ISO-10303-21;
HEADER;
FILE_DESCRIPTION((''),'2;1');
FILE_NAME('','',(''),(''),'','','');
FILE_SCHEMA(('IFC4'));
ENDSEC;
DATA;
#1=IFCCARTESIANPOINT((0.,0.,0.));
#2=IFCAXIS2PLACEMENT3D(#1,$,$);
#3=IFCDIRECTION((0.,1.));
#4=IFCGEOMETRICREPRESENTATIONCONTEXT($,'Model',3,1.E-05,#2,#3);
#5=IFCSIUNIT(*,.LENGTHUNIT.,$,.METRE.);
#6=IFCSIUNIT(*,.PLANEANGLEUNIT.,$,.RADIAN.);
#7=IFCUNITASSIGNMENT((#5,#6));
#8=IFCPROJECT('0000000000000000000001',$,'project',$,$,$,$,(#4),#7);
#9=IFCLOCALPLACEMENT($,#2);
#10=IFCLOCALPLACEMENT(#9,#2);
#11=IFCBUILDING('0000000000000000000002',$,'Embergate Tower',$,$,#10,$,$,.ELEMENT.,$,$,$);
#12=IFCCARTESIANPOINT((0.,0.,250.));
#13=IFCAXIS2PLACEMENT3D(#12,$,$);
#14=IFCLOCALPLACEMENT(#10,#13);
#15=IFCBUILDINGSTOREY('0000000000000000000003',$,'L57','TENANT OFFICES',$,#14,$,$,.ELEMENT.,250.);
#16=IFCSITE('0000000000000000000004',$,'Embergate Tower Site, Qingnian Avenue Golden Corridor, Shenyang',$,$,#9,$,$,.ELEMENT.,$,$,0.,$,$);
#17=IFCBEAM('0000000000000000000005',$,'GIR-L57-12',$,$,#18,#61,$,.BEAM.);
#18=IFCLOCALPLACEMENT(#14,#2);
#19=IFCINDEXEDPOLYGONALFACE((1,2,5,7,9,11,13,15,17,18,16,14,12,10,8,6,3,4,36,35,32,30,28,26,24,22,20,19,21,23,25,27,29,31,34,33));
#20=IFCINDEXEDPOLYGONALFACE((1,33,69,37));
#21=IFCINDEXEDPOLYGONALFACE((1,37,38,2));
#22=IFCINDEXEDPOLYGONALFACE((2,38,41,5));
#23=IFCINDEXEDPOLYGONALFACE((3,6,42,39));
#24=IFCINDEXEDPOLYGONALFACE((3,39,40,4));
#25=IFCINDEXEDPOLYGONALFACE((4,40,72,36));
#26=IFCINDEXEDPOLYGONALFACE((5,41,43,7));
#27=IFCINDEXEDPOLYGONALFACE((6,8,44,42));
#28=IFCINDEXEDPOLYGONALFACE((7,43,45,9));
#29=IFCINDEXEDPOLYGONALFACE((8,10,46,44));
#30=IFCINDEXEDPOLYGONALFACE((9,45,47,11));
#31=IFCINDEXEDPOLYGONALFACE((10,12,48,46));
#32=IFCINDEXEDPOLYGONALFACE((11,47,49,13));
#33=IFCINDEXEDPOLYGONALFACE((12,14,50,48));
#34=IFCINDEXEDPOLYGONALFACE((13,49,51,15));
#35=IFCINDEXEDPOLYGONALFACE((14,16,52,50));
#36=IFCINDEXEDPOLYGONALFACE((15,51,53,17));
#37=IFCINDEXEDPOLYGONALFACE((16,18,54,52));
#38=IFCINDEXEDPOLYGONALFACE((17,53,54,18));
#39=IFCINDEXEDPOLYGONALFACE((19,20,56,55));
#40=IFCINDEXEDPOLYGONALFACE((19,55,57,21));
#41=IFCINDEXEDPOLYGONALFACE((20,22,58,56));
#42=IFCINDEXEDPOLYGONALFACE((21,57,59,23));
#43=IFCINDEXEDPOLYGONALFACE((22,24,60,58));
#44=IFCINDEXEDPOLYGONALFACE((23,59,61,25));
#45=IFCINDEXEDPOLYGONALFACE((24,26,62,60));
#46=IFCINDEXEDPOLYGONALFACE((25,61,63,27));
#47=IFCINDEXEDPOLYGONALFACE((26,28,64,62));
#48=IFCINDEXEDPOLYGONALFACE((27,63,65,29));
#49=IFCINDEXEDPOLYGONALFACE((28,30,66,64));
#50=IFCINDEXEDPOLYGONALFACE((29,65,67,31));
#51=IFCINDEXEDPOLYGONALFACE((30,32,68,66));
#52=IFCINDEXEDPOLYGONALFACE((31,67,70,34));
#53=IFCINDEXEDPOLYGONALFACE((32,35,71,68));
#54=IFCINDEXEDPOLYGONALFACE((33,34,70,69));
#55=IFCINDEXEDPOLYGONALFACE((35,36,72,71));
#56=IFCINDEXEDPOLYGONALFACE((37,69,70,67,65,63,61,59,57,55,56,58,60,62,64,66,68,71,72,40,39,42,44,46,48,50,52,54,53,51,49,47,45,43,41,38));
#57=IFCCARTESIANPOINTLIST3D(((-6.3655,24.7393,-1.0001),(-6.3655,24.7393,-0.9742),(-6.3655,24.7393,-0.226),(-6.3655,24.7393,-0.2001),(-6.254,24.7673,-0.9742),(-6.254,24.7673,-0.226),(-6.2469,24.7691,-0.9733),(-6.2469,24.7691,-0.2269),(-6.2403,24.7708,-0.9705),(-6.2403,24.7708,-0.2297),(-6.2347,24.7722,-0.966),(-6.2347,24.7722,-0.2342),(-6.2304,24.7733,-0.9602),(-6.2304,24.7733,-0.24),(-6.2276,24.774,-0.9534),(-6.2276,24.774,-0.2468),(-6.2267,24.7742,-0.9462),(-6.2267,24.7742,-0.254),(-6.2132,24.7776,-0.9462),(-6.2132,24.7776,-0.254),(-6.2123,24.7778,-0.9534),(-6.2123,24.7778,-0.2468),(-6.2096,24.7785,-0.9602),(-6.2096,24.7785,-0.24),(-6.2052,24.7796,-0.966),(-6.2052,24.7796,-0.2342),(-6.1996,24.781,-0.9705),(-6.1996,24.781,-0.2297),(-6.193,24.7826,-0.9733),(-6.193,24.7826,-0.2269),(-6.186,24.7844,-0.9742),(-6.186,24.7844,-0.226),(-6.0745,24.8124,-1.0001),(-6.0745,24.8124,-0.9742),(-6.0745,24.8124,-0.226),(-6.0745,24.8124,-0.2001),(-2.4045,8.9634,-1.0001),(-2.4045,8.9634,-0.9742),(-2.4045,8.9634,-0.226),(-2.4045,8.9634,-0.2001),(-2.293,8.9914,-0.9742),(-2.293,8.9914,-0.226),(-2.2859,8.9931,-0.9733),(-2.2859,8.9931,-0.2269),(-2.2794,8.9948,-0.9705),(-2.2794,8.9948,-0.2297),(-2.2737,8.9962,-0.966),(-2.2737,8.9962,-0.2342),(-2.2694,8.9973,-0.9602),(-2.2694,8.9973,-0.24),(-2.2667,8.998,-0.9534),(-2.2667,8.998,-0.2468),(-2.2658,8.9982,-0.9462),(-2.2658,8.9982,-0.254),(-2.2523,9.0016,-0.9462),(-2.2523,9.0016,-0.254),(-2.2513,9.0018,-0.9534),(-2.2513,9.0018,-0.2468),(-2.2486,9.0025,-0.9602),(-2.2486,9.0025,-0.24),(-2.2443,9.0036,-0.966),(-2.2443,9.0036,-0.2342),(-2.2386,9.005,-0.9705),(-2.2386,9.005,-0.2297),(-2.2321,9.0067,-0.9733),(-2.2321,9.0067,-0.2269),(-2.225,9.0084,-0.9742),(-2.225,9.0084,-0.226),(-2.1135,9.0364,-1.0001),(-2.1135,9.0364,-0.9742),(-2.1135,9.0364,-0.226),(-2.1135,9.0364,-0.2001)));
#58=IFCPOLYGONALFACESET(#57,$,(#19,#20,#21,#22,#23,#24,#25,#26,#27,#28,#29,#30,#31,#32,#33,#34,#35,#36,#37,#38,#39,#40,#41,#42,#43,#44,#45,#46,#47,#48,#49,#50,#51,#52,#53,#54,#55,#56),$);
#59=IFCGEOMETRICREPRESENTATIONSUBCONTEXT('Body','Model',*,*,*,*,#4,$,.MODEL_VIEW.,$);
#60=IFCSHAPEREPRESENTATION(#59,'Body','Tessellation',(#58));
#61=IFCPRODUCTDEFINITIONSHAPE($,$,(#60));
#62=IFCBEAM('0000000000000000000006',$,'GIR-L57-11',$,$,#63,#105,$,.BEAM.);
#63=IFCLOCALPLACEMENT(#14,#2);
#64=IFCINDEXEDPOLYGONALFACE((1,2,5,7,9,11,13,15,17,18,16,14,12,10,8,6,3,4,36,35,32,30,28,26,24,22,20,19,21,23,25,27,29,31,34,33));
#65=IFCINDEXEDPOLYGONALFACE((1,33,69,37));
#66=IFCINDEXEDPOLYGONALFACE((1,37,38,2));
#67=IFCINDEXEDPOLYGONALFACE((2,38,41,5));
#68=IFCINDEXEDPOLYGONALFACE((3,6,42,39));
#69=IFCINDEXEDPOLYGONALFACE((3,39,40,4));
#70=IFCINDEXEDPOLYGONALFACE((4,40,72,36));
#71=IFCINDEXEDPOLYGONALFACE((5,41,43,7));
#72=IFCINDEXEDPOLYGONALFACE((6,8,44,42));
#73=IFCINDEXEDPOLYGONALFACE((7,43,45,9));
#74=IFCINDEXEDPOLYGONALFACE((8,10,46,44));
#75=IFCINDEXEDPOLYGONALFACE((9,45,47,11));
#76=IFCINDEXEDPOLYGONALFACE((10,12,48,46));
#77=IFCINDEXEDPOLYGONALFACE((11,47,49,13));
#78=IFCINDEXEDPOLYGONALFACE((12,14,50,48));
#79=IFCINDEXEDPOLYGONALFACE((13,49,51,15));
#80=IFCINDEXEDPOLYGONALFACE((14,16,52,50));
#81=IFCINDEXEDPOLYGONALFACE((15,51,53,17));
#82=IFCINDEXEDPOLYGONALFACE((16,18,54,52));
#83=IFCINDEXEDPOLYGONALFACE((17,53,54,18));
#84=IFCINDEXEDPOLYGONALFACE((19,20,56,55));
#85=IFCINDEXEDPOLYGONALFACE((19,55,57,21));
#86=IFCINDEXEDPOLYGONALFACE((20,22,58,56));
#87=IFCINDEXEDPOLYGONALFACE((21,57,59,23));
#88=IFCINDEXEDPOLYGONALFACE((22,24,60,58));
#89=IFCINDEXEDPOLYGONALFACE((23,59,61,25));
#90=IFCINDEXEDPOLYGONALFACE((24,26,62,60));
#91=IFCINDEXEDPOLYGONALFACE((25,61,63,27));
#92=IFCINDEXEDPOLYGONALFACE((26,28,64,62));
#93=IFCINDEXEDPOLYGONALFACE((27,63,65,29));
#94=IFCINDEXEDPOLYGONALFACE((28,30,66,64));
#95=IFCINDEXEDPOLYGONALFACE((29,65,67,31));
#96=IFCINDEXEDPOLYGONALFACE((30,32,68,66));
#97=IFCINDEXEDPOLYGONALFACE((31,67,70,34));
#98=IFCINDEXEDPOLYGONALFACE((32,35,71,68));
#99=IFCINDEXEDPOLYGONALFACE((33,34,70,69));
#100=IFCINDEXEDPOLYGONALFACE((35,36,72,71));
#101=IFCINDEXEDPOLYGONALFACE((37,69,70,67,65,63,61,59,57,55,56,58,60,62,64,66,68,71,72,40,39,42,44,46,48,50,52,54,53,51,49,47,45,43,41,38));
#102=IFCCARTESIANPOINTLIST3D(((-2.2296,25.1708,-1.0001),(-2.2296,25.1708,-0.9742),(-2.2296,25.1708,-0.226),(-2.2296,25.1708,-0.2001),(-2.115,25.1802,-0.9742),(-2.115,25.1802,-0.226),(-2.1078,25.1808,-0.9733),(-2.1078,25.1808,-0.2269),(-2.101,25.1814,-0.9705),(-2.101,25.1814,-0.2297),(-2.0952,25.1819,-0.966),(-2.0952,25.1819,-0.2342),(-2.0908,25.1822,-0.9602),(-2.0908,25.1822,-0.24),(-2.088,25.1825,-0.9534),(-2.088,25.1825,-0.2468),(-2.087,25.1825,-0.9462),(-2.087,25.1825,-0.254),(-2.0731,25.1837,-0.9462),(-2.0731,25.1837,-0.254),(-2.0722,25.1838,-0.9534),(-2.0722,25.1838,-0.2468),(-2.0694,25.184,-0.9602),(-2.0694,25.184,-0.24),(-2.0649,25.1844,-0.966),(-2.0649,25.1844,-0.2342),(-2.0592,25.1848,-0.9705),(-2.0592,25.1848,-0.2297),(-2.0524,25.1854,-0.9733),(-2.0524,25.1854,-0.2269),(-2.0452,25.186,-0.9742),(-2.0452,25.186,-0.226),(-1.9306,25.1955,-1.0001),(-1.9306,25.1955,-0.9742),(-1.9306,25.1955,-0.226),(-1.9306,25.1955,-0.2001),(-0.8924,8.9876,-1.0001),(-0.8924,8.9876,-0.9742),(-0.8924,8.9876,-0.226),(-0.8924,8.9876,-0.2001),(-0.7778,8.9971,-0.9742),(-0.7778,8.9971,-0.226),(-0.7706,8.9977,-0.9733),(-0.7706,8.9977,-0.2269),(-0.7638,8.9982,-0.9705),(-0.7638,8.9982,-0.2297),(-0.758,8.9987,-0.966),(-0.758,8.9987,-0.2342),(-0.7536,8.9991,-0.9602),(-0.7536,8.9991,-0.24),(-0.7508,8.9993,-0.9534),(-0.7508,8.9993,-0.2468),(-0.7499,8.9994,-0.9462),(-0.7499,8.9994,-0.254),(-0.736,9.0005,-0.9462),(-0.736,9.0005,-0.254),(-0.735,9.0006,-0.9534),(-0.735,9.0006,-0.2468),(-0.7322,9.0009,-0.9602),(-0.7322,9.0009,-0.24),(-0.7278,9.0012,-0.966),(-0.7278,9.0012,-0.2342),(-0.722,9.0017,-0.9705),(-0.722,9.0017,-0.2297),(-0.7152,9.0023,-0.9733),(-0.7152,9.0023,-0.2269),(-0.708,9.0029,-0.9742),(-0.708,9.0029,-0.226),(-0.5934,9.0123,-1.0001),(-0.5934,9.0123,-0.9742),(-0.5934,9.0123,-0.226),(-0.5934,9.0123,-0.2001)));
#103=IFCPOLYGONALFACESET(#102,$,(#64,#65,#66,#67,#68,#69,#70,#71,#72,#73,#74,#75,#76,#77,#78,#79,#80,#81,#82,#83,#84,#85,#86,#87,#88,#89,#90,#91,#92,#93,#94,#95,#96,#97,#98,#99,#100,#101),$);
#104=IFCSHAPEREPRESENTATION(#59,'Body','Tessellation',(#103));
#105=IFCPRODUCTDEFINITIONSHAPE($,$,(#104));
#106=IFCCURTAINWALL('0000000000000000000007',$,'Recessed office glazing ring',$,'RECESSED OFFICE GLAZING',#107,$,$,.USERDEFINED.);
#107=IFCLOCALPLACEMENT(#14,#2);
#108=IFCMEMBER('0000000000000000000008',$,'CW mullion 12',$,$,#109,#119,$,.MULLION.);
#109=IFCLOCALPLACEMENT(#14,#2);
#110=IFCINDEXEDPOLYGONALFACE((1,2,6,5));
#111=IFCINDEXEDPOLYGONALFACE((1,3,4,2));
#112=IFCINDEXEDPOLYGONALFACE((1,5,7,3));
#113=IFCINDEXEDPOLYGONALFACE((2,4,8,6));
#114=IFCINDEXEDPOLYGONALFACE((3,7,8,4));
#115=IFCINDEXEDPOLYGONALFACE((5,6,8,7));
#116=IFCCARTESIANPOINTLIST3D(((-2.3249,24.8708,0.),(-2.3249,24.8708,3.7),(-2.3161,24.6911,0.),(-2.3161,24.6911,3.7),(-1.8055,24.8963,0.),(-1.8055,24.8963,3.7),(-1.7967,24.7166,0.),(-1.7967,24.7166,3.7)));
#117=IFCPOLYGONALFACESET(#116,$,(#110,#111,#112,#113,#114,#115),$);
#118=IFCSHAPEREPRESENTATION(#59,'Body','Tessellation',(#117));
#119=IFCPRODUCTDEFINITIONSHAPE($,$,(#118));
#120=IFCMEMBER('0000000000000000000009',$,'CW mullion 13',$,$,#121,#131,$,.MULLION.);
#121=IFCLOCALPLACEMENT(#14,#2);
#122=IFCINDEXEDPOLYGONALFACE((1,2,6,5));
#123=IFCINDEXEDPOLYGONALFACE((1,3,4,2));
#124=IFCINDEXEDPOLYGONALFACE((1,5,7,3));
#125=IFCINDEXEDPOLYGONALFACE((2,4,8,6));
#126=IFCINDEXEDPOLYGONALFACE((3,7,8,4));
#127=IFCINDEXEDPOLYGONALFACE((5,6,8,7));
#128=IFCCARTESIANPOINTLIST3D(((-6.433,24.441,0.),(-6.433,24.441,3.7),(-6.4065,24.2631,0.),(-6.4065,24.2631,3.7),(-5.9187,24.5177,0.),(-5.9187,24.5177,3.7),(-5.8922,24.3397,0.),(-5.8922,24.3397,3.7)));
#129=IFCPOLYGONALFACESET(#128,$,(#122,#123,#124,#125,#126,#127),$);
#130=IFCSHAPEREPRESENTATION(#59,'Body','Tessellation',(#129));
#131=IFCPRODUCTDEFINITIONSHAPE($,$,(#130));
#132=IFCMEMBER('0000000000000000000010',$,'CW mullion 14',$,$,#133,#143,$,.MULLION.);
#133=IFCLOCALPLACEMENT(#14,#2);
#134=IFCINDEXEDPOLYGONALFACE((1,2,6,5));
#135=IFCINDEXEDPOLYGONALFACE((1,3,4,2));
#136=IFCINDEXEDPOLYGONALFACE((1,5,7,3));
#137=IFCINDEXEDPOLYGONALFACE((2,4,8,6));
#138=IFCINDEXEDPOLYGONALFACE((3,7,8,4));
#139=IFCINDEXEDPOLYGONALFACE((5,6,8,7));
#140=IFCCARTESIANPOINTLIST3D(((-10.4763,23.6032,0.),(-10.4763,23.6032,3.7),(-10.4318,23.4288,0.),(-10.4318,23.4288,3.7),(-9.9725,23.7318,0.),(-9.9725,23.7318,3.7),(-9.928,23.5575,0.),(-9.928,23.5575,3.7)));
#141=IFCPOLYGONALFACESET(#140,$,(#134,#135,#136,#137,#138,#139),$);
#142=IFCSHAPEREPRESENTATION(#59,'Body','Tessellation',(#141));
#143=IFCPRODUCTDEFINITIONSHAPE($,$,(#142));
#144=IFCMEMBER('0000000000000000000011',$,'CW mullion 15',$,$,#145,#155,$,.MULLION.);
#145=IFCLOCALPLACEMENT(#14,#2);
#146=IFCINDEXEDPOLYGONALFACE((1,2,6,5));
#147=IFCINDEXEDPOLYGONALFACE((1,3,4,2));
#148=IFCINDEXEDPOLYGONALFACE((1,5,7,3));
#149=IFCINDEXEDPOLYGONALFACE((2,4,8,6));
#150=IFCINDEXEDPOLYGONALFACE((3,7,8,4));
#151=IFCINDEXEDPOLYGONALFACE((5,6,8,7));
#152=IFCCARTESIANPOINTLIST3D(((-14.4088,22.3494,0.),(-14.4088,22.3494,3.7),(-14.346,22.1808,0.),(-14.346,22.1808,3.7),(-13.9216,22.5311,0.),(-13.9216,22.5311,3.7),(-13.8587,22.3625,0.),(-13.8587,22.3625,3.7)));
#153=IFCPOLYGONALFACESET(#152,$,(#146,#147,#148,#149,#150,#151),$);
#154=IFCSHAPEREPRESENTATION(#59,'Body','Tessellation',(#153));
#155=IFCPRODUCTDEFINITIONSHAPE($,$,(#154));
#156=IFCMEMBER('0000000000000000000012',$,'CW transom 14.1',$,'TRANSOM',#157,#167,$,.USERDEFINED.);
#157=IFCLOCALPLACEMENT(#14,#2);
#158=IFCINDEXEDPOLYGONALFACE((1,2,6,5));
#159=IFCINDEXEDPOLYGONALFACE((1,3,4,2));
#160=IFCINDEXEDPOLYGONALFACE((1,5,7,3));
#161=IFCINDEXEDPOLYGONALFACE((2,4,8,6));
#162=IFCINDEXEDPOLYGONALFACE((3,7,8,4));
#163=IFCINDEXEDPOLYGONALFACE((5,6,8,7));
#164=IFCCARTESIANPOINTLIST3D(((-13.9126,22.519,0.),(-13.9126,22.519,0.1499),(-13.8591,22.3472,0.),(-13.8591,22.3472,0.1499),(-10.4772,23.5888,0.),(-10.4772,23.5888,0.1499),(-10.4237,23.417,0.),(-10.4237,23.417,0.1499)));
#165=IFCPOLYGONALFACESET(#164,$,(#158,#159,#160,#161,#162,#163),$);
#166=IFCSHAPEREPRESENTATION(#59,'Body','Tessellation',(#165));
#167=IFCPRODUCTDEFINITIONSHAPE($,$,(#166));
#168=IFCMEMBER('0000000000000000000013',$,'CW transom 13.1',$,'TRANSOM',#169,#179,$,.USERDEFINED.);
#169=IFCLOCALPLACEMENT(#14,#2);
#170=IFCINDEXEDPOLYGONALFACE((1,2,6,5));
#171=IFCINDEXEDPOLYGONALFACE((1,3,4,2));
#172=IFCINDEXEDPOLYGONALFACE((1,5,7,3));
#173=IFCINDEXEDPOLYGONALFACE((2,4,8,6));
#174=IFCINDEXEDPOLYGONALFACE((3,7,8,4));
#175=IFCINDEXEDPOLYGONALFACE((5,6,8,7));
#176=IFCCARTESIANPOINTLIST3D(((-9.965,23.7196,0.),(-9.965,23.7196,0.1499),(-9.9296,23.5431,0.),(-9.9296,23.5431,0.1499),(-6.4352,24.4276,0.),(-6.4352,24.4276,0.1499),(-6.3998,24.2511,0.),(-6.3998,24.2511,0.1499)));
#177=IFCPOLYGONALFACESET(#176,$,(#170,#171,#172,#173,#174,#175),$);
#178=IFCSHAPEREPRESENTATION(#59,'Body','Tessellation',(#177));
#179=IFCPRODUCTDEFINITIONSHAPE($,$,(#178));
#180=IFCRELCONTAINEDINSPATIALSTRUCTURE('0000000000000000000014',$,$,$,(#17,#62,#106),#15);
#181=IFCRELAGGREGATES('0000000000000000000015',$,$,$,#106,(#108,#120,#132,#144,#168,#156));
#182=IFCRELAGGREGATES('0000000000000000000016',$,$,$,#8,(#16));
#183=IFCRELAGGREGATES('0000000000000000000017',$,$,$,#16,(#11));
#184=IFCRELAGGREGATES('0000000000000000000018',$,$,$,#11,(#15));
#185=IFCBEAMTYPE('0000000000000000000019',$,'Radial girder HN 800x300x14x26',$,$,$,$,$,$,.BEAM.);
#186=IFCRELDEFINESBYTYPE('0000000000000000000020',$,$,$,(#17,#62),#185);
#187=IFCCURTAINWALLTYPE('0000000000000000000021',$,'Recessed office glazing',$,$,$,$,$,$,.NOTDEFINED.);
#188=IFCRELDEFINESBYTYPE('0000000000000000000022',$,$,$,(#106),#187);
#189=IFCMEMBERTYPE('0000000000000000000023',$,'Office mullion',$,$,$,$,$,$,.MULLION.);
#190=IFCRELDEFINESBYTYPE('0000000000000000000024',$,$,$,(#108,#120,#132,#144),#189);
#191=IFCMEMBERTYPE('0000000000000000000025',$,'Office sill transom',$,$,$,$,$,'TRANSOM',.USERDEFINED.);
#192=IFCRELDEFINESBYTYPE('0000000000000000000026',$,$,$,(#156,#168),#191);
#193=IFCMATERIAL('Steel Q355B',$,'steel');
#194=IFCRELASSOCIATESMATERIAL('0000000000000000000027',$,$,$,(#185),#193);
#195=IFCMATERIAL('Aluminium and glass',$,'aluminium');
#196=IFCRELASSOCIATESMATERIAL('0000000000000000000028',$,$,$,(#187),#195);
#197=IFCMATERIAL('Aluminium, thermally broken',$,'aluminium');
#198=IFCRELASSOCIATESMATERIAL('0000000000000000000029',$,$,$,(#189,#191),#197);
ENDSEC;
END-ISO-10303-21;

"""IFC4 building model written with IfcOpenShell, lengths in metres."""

from ifc_helpers import new_model, si_unit, direction, frame, origin, origin_2d, place, context, subcontext, project, spatial, rectangle, i_section, extrude, source, transform, mapped, material, material_profile, profile_set, type_object, element, aggregate, save


model = new_model("IFC4")

# Units and contexts
model_context = context("Model", 3, precision=1e-05, world=origin(), true_north=direction((0.0, 1.0)))
body_context = subcontext(model_context, "Body", "Model", "MODEL_VIEW")
ifc_project = project(units=[si_unit("LENGTHUNIT", "METRE"), si_unit("PLANEANGLEUNIT", "RADIAN")], contexts=[model_context])

# Site, building, storey
site_placement = place(None, origin())
site = spatial("IfcSite", under=ifc_project, at=site_placement, Name="Embergate Tower Site, Qingnian Avenue Golden Corridor, Shenyang", CompositionType="ELEMENT", RefElevation=0.0)
building_placement = place(site_placement, origin())
building = spatial("IfcBuilding", under=site, at=building_placement, Name="Embergate Tower", CompositionType="ELEMENT")
storey_placement = place(building_placement, frame((0.0, 0.0, 250.0)))
storey = spatial("IfcBuildingStorey", under=building, at=storey_placement, Name="L57", Description="TENANT OFFICES", CompositionType="ELEMENT", Elevation=250.0)

# Beams
ifc_material_1 = material(Name="Steel Q355B", Category="steel")
ifc_material_profile_1 = material_profile(ifc_material_1, i_section(OverallWidth=0.3, OverallDepth=0.8, WebThickness=0.0139, FlangeThickness=0.0259, FilletRadius=0.0281, at=origin_2d()), Name="HN 800x300x14x26")
ifc_profile_set_1 = profile_set([ifc_material_profile_1], Name="Steel Q355 grade B")
beam_type_1 = type_object("IfcBeamType", Name="Radial girder HN 800x300x14x26", PredefinedType="BEAM", material=ifc_profile_set_1)
shared_shape_1 = source(origin(), body_context, "Body", "SweptSolid", [
    extrude(i_section(OverallWidth=0.3, OverallDepth=0.8, WebThickness=0.0139, FlangeThickness=0.0259, FilletRadius=0.0281, at=origin_2d()), origin(), (0.0, 0.0, 1.0), 16.2656),
])
beam_1_placement = place(storey_placement, frame((-6.22, 24.7759, -0.6001), z_axis=(0.243517, -0.969897, 0.0), x_axis=(0.969897, 0.243517, 0.0)))
element("IfcBeam", 1, at=beam_1_placement, inside=storey, type_object=beam_type_1, Name="GIR-L57-12", PredefinedType="BEAM", context=body_context, shape_type="MappedRepresentation", body=[
    mapped(shared_shape_1, transform((0.0, 0.0, 0.0))),
])
shared_shape_2 = source(origin(), body_context, "Body", "SweptSolid", [
    extrude(i_section(OverallWidth=0.3, OverallDepth=0.8, WebThickness=0.0139, FlangeThickness=0.0259, FilletRadius=0.0281, at=origin_2d()), origin(), (0.0, 0.0, 1.0), 16.2383),
])
beam_2_placement = place(storey_placement, frame((-2.0801, 25.1831, -0.6001), z_axis=(0.082346, -0.996604, 0.0), x_axis=(0.996604, 0.082346, 0.0)))
element("IfcBeam", 2, at=beam_2_placement, inside=storey, type_object=beam_type_1, Name="GIR-L57-11", PredefinedType="BEAM", context=body_context, shape_type="MappedRepresentation", body=[
    mapped(shared_shape_2, transform((0.0, 0.0, 0.0))),
])

# Curtain wall, members
ifc_material_2 = material(Name="Aluminium and glass", Category="aluminium")
curtain_wall_type = type_object("IfcCurtainWallType", Name="Recessed office glazing", PredefinedType="NOTDEFINED", material=ifc_material_2)
curtain_wall_placement = place(storey_placement, origin())
curtain_wall = element("IfcCurtainWall", 3, at=curtain_wall_placement, inside=storey, type_object=curtain_wall_type, Name="Recessed office glazing ring", ObjectType="RECESSED OFFICE GLAZING", PredefinedType="USERDEFINED")
ifc_material_3 = material(Name="Aluminium, thermally broken", Category="aluminium")
ifc_material_profile_2 = material_profile(ifc_material_3, rectangle(XDim=0.1799, YDim=0.52, at=origin_2d()), Name="AL 520x180")
ifc_profile_set_2 = profile_set([ifc_material_profile_2], Name="Aluminium, thermally broken")
member_type_1 = type_object("IfcMemberType", Name="Office mullion", PredefinedType="MULLION", material=ifc_profile_set_2)
shared_shape_3 = source(origin(), body_context, "Body", "SweptSolid", [
    extrude(rectangle(XDim=0.1799, YDim=0.52, at=origin_2d()), origin(), (0.0, 0.0, 1.0), 3.7),
])
member_1_placement = place(storey_placement, frame((-2.0608, 24.7937, 0.0), z_axis=(0.0, 0.0, 1.0), x_axis=(0.048972, -0.9988, 0.0)))
member_1 = element("IfcMember", 4, at=member_1_placement, type_object=member_type_1, Name="CW mullion 12", PredefinedType="MULLION", context=body_context, shape_type="MappedRepresentation", body=[
    mapped(shared_shape_3, transform((0.0, 0.0, 0.0))),
])
member_2_placement = place(storey_placement, frame((-6.1626, 24.3904, 0.0), z_axis=(0.0, 0.0, 1.0), x_axis=(0.147412, -0.989075, 0.0)))
member_2 = element("IfcMember", 5, at=member_2_placement, type_object=member_type_1, Name="CW mullion 13", PredefinedType="MULLION", context=body_context, shape_type="MappedRepresentation", body=[
    mapped(shared_shape_3, transform((0.0, 0.0, 0.0))),
])
member_3_placement = place(storey_placement, frame((-10.2021, 23.5803, 0.0), z_axis=(0.0, 0.0, 1.0), x_axis=(0.247312, -0.968936, 0.0)))
member_3 = element("IfcMember", 6, at=member_3_placement, type_object=member_type_1, Name="CW mullion 14", PredefinedType="MULLION", context=body_context, shape_type="MappedRepresentation", body=[
    mapped(shared_shape_3, transform((0.0, 0.0, 0.0))),
])
member_4_placement = place(storey_placement, frame((-14.1338, 22.356, 0.0), z_axis=(0.0, 0.0, 1.0), x_axis=(0.349503, -0.936935, 0.0)))
member_4 = element("IfcMember", 7, at=member_4_placement, type_object=member_type_1, Name="CW mullion 15", PredefinedType="MULLION", context=body_context, shape_type="MappedRepresentation", body=[
    mapped(shared_shape_3, transform((0.0, 0.0, 0.0))),
])
ifc_material_profile_3 = material_profile(ifc_material_3, rectangle(XDim=0.1799, YDim=0.1499, at=origin_2d()), Name="AL 150x180")
ifc_profile_set_3 = profile_set([ifc_material_profile_3], Name="Aluminium, thermally broken")
member_type_2 = type_object("IfcMemberType", Name="Office sill transom", ElementType="TRANSOM", PredefinedType="USERDEFINED", material=ifc_profile_set_3)
shared_shape_4 = source(origin(), body_context, "Body", "SweptSolid", [
    extrude(rectangle(XDim=0.1799, YDim=0.1499, at=origin_2d()), origin(), (0.0, 0.0, 1.0), 3.5981),
])
member_5_placement = place(storey_placement, frame((-10.4504, 23.5029, 0.075), z_axis=(-0.954773, -0.297336, 0.0), x_axis=(0.297336, -0.954773, 0.0)))
member_5 = element("IfcMember", 8, at=member_5_placement, type_object=member_type_2, Name="CW transom 14.1", ObjectType="TRANSOM", PredefinedType="USERDEFINED", context=body_context, shape_type="MappedRepresentation", body=[
    mapped(shared_shape_4, transform((0.0, 0.0, 0.0))),
])
shared_shape_5 = source(origin(), body_context, "Body", "SweptSolid", [
    extrude(rectangle(XDim=0.1799, YDim=0.1499, at=origin_2d()), origin(), (0.0, 0.0, 1.0), 3.6001),
])
member_6_placement = place(storey_placement, frame((-6.4175, 24.3394, 0.075), z_axis=(-0.980471, -0.196664, 0.0), x_axis=(0.196664, -0.980471, 0.0)))
member_6 = element("IfcMember", 9, at=member_6_placement, type_object=member_type_2, Name="CW transom 13.1", ObjectType="TRANSOM", PredefinedType="USERDEFINED", context=body_context, shape_type="MappedRepresentation", body=[
    mapped(shared_shape_5, transform((0.0, 0.0, 0.0))),
])
aggregate(curtain_wall, [member_1, member_2, member_3, member_4, member_6, member_5])

save(model, "model.ifc")
